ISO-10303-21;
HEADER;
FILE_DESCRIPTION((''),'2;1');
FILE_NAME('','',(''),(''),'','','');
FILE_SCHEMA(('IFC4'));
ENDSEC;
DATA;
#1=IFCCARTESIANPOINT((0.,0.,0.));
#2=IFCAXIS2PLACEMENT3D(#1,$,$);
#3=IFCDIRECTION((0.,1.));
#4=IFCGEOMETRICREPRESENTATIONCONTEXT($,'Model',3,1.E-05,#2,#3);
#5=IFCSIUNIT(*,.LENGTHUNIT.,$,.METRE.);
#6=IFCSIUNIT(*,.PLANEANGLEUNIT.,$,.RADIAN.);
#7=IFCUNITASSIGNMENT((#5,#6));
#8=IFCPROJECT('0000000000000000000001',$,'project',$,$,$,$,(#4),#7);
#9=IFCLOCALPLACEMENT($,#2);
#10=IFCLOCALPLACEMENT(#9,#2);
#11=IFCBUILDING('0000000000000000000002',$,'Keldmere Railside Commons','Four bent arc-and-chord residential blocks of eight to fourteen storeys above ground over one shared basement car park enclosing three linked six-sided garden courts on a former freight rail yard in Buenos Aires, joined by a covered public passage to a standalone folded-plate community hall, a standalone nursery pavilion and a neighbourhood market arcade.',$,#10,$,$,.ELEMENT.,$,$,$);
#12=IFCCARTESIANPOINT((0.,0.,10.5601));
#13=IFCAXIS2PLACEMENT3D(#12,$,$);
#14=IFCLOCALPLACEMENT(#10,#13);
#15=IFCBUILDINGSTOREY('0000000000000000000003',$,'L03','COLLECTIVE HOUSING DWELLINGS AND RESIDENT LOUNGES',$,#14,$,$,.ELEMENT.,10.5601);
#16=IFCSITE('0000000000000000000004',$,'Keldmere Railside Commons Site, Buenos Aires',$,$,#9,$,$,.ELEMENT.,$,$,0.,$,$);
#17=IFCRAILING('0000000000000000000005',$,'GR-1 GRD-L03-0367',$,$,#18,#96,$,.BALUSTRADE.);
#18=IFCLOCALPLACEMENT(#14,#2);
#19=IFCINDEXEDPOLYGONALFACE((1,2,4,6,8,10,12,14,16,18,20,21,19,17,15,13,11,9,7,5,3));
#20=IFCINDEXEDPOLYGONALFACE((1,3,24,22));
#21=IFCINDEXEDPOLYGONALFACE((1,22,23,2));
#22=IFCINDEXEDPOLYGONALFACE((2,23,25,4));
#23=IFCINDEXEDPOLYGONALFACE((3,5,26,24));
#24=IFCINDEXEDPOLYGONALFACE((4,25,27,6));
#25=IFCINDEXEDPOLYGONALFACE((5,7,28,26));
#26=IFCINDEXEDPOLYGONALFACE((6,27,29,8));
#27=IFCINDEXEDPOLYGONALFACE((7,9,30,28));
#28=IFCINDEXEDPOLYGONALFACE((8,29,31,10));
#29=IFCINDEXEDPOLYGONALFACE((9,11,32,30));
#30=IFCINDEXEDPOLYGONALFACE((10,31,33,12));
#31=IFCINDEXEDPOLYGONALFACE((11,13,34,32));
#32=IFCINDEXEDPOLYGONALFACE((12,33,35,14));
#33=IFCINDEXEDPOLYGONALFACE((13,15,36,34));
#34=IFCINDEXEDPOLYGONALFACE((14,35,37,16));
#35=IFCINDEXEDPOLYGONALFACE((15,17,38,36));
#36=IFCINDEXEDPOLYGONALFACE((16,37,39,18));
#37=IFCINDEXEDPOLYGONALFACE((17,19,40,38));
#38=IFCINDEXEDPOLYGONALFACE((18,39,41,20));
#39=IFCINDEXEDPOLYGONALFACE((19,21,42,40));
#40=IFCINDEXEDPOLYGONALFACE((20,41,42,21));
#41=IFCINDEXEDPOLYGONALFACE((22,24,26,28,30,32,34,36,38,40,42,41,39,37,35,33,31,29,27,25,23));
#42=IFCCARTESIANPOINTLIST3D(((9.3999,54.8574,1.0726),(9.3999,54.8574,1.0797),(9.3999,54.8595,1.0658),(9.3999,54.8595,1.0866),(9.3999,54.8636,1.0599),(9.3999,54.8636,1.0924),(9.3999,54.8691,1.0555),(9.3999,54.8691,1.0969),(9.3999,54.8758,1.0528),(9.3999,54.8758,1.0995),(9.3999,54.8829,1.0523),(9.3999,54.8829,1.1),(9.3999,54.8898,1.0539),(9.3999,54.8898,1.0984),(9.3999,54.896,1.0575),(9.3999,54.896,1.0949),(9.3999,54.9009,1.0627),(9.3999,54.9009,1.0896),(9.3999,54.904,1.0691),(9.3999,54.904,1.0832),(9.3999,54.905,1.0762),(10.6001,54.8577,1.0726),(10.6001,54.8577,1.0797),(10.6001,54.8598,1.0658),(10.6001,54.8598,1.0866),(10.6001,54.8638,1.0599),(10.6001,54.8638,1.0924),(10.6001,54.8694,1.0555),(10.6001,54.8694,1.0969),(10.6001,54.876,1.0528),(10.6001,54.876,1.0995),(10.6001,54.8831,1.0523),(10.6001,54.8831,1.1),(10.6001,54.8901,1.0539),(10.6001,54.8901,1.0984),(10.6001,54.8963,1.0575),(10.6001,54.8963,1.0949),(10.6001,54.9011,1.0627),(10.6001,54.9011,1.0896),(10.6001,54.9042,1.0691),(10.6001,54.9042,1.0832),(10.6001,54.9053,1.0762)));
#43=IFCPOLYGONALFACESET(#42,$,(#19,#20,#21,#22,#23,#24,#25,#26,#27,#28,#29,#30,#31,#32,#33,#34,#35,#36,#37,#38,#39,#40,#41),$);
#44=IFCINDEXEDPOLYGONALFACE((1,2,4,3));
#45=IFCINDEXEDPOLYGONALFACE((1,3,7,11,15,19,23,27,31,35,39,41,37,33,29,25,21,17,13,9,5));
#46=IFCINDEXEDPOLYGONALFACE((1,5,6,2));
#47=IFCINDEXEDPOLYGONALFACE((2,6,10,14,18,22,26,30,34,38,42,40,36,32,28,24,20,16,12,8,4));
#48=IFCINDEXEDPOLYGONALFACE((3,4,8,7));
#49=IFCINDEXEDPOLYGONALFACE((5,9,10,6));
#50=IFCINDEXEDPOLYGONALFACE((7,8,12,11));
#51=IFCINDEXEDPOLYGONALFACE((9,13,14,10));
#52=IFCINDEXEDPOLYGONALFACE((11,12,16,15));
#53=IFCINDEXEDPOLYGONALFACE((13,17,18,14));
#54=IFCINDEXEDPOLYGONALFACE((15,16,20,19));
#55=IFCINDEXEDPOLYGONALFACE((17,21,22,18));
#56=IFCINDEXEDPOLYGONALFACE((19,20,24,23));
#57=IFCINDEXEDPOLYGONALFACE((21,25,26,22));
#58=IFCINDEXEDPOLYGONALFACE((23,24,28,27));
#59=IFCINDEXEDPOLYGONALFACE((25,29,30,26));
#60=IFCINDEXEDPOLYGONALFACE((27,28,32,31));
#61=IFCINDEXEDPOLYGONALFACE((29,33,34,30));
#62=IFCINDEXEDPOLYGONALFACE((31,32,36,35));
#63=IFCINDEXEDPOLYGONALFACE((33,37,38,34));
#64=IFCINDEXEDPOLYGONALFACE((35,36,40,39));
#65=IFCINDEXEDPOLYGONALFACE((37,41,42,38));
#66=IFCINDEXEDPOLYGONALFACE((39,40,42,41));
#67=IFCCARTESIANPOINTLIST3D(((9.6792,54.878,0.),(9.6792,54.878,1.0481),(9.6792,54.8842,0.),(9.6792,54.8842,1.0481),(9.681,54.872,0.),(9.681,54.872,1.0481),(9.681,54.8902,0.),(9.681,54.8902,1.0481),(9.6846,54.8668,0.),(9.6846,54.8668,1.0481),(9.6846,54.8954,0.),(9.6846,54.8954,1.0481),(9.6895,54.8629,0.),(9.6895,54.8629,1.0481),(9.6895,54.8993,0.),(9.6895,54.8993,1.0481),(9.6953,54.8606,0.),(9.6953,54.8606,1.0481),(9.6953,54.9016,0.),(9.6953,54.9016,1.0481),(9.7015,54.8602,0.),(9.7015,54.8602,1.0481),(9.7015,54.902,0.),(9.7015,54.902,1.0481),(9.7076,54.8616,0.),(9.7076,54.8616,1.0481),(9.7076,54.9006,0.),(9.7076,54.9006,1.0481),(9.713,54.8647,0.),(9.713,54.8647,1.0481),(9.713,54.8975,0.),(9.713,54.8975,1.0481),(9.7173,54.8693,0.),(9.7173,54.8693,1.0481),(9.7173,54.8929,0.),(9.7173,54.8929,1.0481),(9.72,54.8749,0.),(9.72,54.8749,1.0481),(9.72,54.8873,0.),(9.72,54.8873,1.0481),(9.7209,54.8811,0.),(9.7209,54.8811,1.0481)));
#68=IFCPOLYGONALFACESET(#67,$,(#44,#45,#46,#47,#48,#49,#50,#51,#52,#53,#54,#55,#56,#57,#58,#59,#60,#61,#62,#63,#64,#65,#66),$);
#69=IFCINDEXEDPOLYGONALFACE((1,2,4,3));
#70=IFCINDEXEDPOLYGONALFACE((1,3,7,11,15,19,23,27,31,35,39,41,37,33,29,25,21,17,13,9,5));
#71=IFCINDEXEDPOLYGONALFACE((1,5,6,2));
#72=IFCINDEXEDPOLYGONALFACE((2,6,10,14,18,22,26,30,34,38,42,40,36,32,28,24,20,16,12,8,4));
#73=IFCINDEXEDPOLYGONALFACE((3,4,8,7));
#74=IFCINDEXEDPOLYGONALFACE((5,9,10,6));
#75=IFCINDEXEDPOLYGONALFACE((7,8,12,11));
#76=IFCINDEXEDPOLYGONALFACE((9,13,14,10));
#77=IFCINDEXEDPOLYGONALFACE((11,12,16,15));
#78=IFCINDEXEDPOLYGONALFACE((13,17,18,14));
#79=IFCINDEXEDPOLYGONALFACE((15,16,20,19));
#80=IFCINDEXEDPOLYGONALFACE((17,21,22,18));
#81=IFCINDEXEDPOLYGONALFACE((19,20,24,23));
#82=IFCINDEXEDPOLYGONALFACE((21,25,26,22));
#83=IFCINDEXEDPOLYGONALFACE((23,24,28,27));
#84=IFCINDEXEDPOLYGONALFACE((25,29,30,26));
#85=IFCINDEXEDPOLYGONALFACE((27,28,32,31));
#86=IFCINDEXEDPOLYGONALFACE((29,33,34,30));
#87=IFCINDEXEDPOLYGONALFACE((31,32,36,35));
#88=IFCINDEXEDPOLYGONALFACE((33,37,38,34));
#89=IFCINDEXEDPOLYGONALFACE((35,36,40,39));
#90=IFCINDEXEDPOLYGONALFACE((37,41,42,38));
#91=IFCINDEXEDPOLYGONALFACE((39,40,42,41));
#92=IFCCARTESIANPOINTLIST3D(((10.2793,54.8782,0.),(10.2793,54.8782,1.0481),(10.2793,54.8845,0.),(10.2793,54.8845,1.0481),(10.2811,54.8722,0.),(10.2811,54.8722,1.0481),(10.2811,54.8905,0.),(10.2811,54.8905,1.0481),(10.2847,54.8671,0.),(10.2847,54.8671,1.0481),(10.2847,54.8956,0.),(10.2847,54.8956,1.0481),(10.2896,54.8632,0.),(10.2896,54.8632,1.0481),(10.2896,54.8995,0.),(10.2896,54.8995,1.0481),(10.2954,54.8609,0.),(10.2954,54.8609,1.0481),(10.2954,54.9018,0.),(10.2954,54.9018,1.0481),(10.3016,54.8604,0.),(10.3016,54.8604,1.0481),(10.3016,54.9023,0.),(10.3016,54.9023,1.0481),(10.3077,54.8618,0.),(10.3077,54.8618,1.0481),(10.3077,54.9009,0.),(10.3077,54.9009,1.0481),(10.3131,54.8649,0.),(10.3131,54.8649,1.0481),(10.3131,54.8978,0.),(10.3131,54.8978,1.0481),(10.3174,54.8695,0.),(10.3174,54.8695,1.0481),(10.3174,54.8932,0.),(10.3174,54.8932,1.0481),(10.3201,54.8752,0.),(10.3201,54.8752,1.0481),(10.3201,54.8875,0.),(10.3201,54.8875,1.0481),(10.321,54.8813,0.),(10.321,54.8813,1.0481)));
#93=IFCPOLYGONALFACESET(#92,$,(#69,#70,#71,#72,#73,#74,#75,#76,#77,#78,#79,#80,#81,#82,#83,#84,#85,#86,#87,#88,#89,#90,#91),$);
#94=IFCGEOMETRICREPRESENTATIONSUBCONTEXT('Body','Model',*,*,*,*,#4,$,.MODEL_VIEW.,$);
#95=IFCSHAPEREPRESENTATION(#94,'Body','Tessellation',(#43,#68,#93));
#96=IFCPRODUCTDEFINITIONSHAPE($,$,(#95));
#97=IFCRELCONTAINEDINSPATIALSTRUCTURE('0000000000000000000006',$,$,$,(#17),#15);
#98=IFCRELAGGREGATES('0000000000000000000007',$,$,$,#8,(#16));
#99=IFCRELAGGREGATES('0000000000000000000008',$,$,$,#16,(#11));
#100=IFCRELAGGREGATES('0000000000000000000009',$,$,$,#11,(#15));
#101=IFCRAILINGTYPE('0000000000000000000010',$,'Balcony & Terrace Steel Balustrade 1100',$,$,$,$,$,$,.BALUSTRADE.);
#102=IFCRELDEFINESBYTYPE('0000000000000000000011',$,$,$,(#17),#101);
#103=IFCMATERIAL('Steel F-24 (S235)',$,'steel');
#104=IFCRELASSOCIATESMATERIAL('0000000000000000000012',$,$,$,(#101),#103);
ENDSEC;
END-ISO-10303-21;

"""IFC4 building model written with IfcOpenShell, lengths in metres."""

from ifc_helpers import new_model, si_unit, direction, frame, origin, origin_2d, place, context, subcontext, project, spatial, circle, extrude, material, type_object, element, save


model = new_model("IFC4")

# Units and contexts
model_context = context("Model", 3, precision=1e-05, world=origin(), true_north=direction((0.0, 1.0)))
body_context = subcontext(model_context, "Body", "Model", "MODEL_VIEW")
ifc_project = project(units=[si_unit("LENGTHUNIT", "METRE"), si_unit("PLANEANGLEUNIT", "RADIAN")], contexts=[model_context])

# Site, building, storey
site_placement = place(None, origin())
site = spatial("IfcSite", under=ifc_project, at=site_placement, Name="Keldmere Railside Commons Site, Buenos Aires", CompositionType="ELEMENT", RefElevation=0.0)
building_placement = place(site_placement, origin())
building = spatial("IfcBuilding", under=site, at=building_placement, Name="Keldmere Railside Commons", Description="Four bent arc-and-chord residential blocks of eight to fourteen storeys above ground over one shared basement car park enclosing three linked six-sided garden courts on a former freight rail yard in Buenos Aires, joined by a covered public passage to a standalone folded-plate community hall, a standalone nursery pavilion and a neighbourhood market arcade.", CompositionType="ELEMENT")
storey_placement = place(building_placement, frame((0.0, 0.0, 10.5601)))
storey = spatial("IfcBuildingStorey", under=building, at=storey_placement, Name="L03", Description="COLLECTIVE HOUSING DWELLINGS AND RESIDENT LOUNGES", CompositionType="ELEMENT", Elevation=10.5601)

# Railing
ifc_material_1 = material(Name="Steel F-24 (S235)", Category="steel")
railing_type = type_object("IfcRailingType", Name="Balcony & Terrace Steel Balustrade 1100", PredefinedType="BALUSTRADE", material=ifc_material_1)
railing_placement = place(storey_placement, frame((9.3999, 54.8811, 0.0)))
element("IfcRailing", 1, at=railing_placement, inside=storey, type_object=railing_type, Name="GR-1 GRD-L03-0367", PredefinedType="BALUSTRADE", context=body_context, shape_type="SweptSolid", body=[
    extrude(circle(Radius=0.0239, at=origin_2d()), frame((0.0, 0.0, 1.0762), z_axis=(1.0, 0.000203, 0.0), x_axis=(-0.000203, 1.0, 0.0)), (0.0, 0.0, 1.0), 1.2002),
    extrude(circle(Radius=0.021, at=origin_2d()), frame((0.3, 0.0, 0.0)), (0.0, 0.0, 1.0), 1.0481),
    extrude(circle(Radius=0.021, at=origin_2d()), frame((0.9001, 0.0002, 0.0)), (0.0, 0.0, 1.0), 1.0481),
])

save(model, "model.ifc")
